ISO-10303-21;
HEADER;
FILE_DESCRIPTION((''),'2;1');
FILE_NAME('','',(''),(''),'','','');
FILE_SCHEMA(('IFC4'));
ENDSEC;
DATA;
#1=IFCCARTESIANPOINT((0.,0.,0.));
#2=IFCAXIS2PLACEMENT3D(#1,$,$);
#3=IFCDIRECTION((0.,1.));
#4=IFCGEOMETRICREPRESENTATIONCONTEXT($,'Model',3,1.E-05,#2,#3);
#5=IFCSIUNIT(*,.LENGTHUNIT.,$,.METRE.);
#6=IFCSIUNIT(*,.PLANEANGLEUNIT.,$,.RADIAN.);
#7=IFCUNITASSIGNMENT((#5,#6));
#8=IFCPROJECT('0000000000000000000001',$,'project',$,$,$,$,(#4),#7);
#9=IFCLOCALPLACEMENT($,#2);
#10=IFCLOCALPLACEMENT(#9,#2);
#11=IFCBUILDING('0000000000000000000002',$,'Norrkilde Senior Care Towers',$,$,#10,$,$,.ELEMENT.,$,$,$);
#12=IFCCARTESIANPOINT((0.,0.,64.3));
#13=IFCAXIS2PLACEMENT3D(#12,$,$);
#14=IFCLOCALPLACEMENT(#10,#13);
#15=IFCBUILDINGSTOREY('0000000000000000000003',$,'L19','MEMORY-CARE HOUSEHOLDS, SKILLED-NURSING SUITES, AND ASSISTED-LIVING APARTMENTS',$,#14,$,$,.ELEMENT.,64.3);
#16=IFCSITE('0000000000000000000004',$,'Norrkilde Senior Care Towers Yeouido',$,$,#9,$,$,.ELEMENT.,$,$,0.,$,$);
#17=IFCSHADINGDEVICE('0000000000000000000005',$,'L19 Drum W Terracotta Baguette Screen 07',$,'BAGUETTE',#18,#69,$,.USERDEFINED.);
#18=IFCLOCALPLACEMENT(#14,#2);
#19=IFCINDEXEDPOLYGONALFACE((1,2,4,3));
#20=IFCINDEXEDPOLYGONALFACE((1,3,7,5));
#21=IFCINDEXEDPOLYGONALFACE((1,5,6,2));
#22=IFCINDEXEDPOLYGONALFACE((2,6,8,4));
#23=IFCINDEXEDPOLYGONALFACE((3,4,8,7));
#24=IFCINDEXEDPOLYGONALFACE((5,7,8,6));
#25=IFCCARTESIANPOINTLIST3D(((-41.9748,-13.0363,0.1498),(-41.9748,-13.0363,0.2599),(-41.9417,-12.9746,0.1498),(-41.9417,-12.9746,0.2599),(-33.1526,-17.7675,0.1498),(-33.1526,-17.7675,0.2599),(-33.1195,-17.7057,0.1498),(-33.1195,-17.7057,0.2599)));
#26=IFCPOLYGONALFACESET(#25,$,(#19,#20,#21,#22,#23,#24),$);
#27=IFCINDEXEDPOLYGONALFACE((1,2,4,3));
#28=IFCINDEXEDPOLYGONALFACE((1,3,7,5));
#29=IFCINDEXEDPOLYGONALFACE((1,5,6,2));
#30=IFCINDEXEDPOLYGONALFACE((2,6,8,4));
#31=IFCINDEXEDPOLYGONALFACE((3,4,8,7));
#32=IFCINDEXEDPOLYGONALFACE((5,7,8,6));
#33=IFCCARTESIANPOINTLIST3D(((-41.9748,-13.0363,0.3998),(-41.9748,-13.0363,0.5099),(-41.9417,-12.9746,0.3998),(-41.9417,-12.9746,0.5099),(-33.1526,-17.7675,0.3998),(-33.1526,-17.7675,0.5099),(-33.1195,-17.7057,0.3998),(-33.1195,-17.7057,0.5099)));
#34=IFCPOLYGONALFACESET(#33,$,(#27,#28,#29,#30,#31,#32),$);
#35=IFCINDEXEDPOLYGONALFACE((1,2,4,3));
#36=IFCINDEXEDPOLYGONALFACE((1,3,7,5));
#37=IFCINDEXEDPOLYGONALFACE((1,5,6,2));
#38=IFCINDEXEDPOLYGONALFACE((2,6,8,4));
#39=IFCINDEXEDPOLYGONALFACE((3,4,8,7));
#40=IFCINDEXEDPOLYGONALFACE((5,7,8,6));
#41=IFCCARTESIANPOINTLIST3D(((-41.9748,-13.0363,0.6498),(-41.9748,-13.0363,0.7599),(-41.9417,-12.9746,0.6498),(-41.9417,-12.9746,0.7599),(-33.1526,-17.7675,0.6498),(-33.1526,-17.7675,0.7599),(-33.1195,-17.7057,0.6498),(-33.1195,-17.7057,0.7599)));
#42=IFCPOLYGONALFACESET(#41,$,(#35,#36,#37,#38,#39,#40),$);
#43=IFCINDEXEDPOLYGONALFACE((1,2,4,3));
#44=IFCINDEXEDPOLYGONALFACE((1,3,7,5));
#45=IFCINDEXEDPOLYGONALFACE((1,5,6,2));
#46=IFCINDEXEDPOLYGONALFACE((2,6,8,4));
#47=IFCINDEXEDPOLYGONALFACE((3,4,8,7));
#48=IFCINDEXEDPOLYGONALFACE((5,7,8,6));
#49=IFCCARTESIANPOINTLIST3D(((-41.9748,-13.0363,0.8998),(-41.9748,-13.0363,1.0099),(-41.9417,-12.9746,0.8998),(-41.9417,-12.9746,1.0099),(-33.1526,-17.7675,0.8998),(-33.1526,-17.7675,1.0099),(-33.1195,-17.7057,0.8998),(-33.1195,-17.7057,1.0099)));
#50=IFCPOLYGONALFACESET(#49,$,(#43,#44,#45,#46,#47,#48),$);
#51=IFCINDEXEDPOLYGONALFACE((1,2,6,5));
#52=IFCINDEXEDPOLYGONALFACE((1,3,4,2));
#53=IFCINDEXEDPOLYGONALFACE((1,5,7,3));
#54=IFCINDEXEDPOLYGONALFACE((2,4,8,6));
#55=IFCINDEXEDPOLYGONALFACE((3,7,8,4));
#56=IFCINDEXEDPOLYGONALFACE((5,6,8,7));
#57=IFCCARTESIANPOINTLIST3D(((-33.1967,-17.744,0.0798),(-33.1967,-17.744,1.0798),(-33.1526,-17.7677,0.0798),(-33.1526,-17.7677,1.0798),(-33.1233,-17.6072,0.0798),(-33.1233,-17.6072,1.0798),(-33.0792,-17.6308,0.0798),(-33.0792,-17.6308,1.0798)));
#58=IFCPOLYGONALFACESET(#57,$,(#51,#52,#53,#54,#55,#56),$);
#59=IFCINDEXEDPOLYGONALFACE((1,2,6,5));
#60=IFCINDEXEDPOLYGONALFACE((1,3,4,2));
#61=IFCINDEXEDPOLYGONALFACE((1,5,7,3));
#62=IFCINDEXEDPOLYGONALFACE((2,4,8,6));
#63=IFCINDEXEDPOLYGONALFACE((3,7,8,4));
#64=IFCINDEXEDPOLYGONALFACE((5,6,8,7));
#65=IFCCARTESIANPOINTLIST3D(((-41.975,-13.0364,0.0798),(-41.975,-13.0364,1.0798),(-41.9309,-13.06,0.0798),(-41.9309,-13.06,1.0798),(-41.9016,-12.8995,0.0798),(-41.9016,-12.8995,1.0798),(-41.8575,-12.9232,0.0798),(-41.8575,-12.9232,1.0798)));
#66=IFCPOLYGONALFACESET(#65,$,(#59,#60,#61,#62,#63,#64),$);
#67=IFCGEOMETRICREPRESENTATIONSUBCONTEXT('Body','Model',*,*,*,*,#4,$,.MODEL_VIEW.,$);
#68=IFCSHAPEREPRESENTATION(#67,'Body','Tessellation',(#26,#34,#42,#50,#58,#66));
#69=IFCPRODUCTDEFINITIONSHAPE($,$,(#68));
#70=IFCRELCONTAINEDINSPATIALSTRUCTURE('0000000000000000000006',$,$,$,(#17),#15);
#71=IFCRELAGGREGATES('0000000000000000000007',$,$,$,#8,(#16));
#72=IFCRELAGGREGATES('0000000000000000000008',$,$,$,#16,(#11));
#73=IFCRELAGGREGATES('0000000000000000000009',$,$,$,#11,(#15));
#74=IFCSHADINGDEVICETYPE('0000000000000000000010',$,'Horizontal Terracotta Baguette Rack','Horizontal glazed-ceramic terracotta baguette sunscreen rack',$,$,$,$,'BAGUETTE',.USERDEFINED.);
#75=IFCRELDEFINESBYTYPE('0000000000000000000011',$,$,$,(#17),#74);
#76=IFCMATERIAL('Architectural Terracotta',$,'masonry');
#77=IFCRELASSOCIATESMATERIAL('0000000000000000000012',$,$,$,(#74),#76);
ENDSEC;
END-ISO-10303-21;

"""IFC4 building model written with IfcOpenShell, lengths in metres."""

from ifc_helpers import new_model, si_unit, direction, frame, origin, origin_2d, place, context, subcontext, project, spatial, rectangle, extrude, source, transform, mapped, material, type_object, type_shapes, element, save


model = new_model("IFC4")

# Units and contexts
model_context = context("Model", 3, precision=1e-05, world=origin(), true_north=direction((0.0, 1.0)))
body_context = subcontext(model_context, "Body", "Model", "MODEL_VIEW")
ifc_project = project(units=[si_unit("LENGTHUNIT", "METRE"), si_unit("PLANEANGLEUNIT", "RADIAN")], contexts=[model_context])

# Site, building, storey
site_placement = place(None, origin())
site = spatial("IfcSite", under=ifc_project, at=site_placement, Name="Norrkilde Senior Care Towers Yeouido", CompositionType="ELEMENT", RefElevation=0.0)
building_placement = place(site_placement, origin())
building = spatial("IfcBuilding", under=site, at=building_placement, Name="Norrkilde Senior Care Towers", CompositionType="ELEMENT")
storey_placement = place(building_placement, frame((0.0, 0.0, 64.3)))
storey = spatial("IfcBuildingStorey", under=building, at=storey_placement, Name="L19", Description="MEMORY-CARE HOUSEHOLDS, SKILLED-NURSING SUITES, AND ASSISTED-LIVING APARTMENTS", CompositionType="ELEMENT", Elevation=64.3)

# Shading device
ifc_material_1 = material(Name="Architectural Terracotta", Category="masonry")
shading_device_type = type_object("IfcShadingDeviceType", Name="Horizontal Terracotta Baguette Rack", Description="Horizontal glazed-ceramic terracotta baguette sunscreen rack", ElementType="BAGUETTE", PredefinedType="USERDEFINED", material=ifc_material_1)
shared_shape_1 = source(origin(), body_context, "Body", "SweptSolid", [
    extrude(rectangle(XDim=0.0701, YDim=0.1101, at=origin_2d()), frame((0.0, 0.0901, 0.125), z_axis=(1.0, 0.0, 0.0), x_axis=(0.0, 1.0, 0.0)), (0.0, 0.0, 1.0), 10.0107),
    extrude(rectangle(XDim=0.0701, YDim=0.1101, at=origin_2d()), frame((0.0, 0.0901, 0.375), z_axis=(1.0, 0.0, 0.0), x_axis=(0.0, 1.0, 0.0)), (0.0, 0.0, 1.0), 10.0107),
    extrude(rectangle(XDim=0.0701, YDim=0.1101, at=origin_2d()), frame((0.0, 0.0901, 0.625), z_axis=(1.0, 0.0, 0.0), x_axis=(0.0, 1.0, 0.0)), (0.0, 0.0, 1.0), 10.0107),
    extrude(rectangle(XDim=0.0701, YDim=0.1101, at=origin_2d()), frame((0.0, 0.0901, 0.875), z_axis=(1.0, 0.0, 0.0), x_axis=(0.0, 1.0, 0.0)), (0.0, 0.0, 1.0), 10.0107),
    extrude(rectangle(XDim=0.05, YDim=0.1553, at=origin_2d()), frame((0.0249, 0.0476, 0.0)), (0.0, 0.0, 1.0), 1.0),
    extrude(rectangle(XDim=0.05, YDim=0.1553, at=origin_2d()), frame((9.9858, 0.0476, 0.0)), (0.0, 0.0, 1.0), 1.0),
])
type_shapes(shading_device_type, [shared_shape_1])
shading_device_placement = place(storey_placement, frame((-33.0935, -17.6572, 0.0798), z_axis=(0.0, 0.0, 1.0), x_axis=(-0.88128, 0.472612, 0.0)))
element("IfcShadingDevice", 1, at=shading_device_placement, inside=storey, type_object=shading_device_type, Name="L19 Drum W Terracotta Baguette Screen 07", ObjectType="BAGUETTE", PredefinedType="USERDEFINED", context=body_context, shape_type="MappedRepresentation", body=[
    mapped(shared_shape_1, transform((0.0, 0.0, 0.0), x_axis=(1.0, 0.0, 0.0), y_axis=(0.0, 1.0, 0.0), z_axis=(0.0, 0.0, 1.0), scale=1.0)),
])

save(model, "model.ifc")
